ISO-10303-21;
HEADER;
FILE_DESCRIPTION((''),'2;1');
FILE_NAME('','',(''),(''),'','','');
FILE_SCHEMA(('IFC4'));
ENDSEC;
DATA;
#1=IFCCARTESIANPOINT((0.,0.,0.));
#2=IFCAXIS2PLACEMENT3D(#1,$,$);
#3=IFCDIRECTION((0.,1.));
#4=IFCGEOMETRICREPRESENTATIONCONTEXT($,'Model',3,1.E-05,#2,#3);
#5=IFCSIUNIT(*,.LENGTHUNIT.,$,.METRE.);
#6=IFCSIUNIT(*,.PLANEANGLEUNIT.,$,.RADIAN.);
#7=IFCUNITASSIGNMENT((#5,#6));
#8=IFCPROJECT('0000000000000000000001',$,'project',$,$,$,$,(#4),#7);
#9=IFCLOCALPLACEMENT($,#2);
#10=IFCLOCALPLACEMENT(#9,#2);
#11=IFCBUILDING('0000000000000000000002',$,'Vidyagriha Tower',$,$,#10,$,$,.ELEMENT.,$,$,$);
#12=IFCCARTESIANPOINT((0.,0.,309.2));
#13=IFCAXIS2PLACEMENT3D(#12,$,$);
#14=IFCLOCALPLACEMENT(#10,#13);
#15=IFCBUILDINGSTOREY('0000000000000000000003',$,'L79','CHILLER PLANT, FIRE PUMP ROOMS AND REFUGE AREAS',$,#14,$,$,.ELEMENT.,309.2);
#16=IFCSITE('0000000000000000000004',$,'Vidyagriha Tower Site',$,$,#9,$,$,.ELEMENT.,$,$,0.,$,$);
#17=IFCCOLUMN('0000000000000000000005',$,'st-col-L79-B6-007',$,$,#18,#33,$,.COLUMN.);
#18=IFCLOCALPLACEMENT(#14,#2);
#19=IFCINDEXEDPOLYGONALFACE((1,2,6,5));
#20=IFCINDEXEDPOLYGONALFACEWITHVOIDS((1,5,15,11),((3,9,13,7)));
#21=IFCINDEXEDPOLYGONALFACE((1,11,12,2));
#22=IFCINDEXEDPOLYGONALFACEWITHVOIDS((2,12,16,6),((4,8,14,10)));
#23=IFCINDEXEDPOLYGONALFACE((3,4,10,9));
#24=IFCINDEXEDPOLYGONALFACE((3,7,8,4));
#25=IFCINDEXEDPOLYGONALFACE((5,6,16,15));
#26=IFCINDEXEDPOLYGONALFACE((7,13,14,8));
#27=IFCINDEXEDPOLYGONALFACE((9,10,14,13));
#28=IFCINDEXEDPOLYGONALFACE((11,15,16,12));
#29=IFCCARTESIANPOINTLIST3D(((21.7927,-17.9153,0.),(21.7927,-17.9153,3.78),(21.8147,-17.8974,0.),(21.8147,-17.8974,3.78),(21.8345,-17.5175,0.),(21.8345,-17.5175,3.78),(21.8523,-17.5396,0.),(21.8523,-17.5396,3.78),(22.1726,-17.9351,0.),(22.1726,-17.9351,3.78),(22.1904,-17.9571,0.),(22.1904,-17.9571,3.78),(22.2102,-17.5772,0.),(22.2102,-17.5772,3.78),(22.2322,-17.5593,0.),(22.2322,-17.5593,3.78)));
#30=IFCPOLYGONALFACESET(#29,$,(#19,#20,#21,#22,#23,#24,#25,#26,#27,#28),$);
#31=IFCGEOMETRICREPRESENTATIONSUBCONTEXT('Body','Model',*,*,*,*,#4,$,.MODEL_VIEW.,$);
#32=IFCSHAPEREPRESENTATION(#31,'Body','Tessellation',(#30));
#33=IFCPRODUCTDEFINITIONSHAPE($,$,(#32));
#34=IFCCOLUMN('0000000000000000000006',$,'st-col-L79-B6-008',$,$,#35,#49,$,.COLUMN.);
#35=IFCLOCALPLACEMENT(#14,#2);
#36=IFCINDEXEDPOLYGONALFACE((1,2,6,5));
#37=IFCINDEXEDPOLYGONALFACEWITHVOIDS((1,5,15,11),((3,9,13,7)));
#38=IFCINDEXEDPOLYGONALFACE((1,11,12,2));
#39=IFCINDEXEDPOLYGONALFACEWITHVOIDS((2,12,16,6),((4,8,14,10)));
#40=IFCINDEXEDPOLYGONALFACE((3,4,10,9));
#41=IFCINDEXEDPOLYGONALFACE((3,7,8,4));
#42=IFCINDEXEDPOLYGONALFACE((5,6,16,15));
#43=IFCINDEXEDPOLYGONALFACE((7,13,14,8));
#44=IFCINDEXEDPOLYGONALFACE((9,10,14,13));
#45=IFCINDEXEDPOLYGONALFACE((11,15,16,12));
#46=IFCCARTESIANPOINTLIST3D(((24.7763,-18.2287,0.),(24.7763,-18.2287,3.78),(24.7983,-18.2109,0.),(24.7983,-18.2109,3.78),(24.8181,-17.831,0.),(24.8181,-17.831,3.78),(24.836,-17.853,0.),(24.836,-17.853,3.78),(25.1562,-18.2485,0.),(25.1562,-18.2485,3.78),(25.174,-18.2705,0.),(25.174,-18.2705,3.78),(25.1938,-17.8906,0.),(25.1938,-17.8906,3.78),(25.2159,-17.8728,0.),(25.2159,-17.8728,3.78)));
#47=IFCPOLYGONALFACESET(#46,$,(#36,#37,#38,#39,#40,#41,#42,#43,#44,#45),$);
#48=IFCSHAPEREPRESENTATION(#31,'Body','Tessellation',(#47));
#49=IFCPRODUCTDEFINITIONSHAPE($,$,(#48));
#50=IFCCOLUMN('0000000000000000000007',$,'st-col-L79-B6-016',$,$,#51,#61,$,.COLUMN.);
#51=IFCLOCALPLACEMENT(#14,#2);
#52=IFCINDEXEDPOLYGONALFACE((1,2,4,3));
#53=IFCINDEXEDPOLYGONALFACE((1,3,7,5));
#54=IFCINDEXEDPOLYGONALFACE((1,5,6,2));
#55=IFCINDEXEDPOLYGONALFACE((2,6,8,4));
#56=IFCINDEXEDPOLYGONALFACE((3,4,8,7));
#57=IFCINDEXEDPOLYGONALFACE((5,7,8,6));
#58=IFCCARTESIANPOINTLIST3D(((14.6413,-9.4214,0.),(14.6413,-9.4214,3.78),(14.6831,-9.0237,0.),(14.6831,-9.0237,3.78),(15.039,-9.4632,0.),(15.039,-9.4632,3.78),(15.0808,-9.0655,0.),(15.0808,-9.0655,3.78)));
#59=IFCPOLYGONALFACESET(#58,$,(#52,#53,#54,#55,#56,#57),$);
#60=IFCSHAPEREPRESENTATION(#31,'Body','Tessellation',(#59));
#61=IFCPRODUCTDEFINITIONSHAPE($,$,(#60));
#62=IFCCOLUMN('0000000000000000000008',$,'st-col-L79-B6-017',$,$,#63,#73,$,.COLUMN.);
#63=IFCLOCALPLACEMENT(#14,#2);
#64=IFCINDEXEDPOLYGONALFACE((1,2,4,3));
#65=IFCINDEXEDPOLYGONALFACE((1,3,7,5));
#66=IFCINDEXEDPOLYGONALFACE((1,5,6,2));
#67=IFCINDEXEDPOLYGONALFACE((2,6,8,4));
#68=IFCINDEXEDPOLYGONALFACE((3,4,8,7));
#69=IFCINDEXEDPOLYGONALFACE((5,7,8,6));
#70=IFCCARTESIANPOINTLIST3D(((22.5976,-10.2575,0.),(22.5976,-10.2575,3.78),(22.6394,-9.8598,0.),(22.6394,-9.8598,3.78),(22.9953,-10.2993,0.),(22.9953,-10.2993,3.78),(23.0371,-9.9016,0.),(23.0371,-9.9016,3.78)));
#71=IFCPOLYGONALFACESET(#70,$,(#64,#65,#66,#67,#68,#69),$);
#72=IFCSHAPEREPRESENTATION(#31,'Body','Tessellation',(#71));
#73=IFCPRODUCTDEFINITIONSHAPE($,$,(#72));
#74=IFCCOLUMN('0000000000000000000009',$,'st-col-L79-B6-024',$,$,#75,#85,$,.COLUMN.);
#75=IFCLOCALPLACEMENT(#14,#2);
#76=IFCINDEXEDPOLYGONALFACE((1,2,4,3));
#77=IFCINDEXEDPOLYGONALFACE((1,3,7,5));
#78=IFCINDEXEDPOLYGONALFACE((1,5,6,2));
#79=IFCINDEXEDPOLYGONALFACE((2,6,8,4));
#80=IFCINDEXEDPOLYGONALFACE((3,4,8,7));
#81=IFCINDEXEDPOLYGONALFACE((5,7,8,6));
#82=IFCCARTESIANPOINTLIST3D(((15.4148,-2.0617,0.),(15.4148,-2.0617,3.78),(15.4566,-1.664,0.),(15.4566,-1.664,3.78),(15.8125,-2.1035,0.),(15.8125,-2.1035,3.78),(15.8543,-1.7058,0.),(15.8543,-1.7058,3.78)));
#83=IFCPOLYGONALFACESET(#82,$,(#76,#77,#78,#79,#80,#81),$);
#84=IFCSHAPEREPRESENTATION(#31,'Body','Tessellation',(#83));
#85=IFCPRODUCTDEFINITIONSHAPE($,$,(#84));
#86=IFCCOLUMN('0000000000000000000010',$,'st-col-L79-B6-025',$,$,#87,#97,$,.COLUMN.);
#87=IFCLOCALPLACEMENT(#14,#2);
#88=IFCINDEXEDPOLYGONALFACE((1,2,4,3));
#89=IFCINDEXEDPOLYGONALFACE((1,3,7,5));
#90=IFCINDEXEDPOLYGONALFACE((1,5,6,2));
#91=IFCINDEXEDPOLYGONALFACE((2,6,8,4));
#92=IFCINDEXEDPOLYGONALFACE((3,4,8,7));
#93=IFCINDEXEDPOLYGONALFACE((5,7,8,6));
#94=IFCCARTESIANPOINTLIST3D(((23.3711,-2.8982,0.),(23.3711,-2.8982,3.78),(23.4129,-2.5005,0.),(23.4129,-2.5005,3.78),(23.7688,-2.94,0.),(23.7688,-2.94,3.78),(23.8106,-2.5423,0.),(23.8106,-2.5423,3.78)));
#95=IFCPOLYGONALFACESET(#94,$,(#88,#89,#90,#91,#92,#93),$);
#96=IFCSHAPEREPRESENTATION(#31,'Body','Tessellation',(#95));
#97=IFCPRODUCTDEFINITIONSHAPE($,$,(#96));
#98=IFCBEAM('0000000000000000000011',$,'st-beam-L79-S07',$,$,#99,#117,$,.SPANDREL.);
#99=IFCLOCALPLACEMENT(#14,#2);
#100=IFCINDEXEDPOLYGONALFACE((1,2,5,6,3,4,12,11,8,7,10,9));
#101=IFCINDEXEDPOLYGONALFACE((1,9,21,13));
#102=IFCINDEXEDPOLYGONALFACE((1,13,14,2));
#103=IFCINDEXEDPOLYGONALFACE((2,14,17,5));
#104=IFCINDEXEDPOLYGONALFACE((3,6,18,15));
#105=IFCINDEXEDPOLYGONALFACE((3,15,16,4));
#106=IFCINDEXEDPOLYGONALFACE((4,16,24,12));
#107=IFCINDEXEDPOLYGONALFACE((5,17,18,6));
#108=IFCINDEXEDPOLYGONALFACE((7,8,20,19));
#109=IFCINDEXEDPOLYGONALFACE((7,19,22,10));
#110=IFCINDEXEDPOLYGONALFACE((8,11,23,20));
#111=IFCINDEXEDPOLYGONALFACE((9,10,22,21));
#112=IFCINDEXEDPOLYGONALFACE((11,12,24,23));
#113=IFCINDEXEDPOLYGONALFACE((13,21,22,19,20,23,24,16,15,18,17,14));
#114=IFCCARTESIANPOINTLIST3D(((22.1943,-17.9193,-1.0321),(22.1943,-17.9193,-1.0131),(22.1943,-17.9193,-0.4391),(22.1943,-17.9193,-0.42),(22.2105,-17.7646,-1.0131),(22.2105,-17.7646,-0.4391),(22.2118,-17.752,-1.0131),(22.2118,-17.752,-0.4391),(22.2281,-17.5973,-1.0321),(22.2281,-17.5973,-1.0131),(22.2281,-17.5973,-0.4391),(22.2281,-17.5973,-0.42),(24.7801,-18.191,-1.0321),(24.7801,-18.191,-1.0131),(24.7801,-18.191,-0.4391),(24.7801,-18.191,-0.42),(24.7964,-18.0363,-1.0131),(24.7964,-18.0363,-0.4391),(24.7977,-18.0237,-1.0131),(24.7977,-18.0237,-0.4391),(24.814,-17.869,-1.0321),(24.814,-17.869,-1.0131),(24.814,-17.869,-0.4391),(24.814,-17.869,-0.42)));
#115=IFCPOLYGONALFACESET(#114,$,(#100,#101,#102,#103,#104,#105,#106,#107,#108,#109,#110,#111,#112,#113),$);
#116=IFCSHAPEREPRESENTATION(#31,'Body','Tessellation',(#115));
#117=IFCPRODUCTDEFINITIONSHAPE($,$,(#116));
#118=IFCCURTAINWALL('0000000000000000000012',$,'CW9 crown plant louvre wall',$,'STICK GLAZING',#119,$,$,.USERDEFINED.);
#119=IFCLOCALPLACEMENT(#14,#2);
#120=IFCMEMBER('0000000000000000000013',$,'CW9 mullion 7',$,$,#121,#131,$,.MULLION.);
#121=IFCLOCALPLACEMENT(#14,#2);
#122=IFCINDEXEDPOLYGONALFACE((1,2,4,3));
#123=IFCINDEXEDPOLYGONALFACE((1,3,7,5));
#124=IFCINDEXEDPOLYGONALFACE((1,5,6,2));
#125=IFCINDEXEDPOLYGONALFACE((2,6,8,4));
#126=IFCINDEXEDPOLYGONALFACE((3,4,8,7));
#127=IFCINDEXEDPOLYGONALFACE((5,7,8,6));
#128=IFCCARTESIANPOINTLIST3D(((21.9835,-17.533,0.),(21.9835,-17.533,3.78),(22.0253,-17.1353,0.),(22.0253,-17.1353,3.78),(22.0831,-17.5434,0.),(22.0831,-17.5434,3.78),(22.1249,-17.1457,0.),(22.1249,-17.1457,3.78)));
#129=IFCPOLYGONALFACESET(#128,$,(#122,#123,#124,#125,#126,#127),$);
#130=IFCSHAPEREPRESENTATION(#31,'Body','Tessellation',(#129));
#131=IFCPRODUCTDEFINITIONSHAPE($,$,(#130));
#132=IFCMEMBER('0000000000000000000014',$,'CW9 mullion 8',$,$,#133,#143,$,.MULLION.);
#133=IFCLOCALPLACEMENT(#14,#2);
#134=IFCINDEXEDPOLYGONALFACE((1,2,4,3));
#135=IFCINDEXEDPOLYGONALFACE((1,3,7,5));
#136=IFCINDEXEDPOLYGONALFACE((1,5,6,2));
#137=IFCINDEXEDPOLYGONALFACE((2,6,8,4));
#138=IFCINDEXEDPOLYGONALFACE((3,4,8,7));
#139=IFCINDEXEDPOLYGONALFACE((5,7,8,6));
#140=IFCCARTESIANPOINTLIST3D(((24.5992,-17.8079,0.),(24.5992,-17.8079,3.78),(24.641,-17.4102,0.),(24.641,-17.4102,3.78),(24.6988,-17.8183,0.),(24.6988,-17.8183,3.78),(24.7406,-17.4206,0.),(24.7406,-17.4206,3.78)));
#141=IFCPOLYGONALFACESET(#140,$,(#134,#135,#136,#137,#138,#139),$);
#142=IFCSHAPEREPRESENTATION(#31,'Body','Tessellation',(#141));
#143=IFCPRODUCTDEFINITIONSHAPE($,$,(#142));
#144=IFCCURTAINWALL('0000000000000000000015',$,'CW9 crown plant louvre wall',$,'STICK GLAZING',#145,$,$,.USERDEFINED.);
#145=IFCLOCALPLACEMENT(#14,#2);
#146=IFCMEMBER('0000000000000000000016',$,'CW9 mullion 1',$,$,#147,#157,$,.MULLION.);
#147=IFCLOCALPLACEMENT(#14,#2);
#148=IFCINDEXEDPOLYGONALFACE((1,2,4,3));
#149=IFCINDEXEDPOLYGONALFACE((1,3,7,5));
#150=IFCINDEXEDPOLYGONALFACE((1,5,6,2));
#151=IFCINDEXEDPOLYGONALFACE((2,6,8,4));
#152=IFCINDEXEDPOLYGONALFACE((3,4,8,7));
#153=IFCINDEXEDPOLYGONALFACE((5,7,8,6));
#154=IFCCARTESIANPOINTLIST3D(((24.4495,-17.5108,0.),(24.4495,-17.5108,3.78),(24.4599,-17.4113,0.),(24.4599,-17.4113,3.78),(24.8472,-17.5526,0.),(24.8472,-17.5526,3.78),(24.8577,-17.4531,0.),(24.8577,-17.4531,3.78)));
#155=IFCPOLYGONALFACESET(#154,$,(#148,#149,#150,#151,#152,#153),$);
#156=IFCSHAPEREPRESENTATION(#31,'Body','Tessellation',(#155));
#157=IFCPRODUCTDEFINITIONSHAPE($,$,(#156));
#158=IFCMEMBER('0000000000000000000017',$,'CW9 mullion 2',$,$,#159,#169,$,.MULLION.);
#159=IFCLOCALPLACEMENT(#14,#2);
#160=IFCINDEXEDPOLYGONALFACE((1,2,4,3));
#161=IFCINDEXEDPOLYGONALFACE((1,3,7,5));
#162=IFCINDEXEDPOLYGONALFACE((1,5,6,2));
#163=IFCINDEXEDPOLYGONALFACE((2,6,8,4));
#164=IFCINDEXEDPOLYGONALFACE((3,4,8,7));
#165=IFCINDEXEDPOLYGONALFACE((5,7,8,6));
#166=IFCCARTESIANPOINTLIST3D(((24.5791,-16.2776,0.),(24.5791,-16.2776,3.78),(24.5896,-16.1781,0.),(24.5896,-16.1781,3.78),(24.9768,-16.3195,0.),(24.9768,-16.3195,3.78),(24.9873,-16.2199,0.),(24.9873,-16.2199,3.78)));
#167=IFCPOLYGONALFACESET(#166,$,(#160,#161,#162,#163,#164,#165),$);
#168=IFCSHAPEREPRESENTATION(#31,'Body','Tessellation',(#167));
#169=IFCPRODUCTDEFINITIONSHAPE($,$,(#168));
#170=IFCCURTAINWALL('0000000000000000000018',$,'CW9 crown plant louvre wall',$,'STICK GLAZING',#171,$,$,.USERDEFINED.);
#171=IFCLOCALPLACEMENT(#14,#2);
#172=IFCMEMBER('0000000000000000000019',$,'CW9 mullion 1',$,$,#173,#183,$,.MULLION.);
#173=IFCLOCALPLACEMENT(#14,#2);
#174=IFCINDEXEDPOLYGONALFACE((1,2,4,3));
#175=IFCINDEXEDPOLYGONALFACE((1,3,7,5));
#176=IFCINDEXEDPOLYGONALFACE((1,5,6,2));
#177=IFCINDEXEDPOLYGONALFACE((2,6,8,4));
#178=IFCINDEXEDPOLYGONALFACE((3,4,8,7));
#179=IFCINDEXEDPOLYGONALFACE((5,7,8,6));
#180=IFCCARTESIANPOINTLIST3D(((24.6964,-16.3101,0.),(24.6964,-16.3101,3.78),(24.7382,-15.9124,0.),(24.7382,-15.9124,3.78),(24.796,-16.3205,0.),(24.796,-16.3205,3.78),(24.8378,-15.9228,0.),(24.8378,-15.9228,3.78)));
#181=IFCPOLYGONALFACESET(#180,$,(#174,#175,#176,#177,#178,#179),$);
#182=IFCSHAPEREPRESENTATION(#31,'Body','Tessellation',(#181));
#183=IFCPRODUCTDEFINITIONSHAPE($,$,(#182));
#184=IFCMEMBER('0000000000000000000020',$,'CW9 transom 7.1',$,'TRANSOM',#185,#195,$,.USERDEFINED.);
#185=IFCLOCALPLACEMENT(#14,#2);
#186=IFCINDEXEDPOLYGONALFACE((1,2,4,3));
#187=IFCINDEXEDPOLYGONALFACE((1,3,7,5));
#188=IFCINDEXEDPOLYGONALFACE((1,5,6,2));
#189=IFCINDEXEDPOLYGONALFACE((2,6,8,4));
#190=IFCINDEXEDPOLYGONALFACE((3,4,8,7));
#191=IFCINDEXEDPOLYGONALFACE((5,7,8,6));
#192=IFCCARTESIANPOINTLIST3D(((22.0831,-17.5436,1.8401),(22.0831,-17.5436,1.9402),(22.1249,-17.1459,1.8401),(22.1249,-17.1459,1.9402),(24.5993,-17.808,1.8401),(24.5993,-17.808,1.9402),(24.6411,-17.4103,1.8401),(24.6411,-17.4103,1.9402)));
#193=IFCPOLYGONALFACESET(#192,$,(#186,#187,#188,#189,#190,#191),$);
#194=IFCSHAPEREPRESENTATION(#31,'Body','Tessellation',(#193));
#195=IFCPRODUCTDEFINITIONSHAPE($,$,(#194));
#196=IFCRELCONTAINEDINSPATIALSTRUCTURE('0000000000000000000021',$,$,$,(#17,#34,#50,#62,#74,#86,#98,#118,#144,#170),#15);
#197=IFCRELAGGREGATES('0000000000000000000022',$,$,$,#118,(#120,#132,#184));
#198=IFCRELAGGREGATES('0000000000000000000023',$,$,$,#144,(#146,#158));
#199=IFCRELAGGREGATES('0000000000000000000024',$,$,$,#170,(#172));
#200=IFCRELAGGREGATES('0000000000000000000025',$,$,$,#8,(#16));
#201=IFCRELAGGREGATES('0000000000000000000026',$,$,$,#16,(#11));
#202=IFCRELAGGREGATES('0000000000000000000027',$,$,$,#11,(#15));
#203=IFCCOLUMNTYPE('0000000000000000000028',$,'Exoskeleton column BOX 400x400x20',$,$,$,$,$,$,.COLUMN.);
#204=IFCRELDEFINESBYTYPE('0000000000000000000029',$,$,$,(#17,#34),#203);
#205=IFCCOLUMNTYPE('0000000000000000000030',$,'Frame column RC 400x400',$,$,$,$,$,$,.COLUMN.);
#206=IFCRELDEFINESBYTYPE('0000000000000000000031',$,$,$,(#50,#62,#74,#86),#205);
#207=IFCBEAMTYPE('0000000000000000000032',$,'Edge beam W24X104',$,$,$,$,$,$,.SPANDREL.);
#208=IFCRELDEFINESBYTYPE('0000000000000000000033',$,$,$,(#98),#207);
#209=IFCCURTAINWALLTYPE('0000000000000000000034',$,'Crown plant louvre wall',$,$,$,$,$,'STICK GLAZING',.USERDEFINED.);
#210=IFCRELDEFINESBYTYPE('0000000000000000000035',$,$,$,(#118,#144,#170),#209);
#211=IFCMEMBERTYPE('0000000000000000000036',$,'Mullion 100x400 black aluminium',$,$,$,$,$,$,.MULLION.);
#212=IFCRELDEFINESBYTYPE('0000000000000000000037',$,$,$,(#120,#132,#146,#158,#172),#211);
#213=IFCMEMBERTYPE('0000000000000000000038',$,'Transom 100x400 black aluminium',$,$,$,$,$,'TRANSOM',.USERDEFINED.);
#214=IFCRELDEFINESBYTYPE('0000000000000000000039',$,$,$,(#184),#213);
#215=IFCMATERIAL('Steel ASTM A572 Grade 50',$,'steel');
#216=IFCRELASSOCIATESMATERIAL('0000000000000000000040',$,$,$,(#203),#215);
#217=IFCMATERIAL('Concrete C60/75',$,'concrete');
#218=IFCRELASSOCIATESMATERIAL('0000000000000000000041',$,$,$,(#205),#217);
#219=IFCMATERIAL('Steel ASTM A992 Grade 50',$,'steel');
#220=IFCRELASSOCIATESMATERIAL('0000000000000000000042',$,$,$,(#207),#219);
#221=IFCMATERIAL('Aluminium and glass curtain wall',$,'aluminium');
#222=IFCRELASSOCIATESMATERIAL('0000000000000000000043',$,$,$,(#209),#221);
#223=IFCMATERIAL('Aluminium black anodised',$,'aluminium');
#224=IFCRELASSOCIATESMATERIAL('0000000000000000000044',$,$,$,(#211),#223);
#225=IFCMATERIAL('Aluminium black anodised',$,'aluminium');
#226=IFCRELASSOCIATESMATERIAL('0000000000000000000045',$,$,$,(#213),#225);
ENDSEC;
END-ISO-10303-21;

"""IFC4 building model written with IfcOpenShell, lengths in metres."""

from ifc_helpers import new_model, si_unit, direction, frame, origin, origin_2d, place, context, subcontext, project, spatial, rectangle, hollow_rectangle, i_section, extrude, material, material_profile, profile_set, type_object, element, aggregate, save


model = new_model("IFC4")

# Units and contexts
model_context = context("Model", 3, precision=1e-05, world=origin(), true_north=direction((0.0, 1.0)))
body_context = subcontext(model_context, "Body", "Model", "MODEL_VIEW")
ifc_project = project(units=[si_unit("LENGTHUNIT", "METRE"), si_unit("PLANEANGLEUNIT", "RADIAN")], contexts=[model_context])

# Site, building, storey
site_placement = place(None, origin())
site = spatial("IfcSite", under=ifc_project, at=site_placement, Name="Vidyagriha Tower Site", CompositionType="ELEMENT", RefElevation=0.0)
building_placement = place(site_placement, origin())
building = spatial("IfcBuilding", under=site, at=building_placement, Name="Vidyagriha Tower", CompositionType="ELEMENT")
storey_placement = place(building_placement, frame((0.0, 0.0, 309.2)))
storey = spatial("IfcBuildingStorey", under=building, at=storey_placement, Name="L79", Description="CHILLER PLANT, FIRE PUMP ROOMS AND REFUGE AREAS", CompositionType="ELEMENT", Elevation=309.2)

# Columns
ifc_material_1 = material(Name="Steel ASTM A572 Grade 50", Category="steel")
ifc_material_profile_1 = material_profile(ifc_material_1, hollow_rectangle(XDim=0.3999, YDim=0.3999, WallThickness=0.02, at=origin_2d()), Name="BOX 400x400x20")
ifc_profile_set_1 = profile_set([ifc_material_profile_1], Name="Steel ASTM A572 Grade 50")
column_type_1 = type_object("IfcColumnType", Name="Exoskeleton column BOX 400x400x20", PredefinedType="COLUMN", material=ifc_profile_set_1)
for number, where, z_axis, x_axis, name in (
    (1, (22.0125, -17.7373, 0.0), (0.0, 0.0, 1.0), (0.994522, -0.104528, 0.0), "st-col-L79-B6-007"),
    (2, (24.9961, -18.0508, 0.0), (0.0, 0.0, 1.0), (0.994522, -0.104528, 0.0), "st-col-L79-B6-008"),
):
    element("IfcColumn", number, at=place(storey_placement, frame(where, z_axis=z_axis, x_axis=x_axis)), inside=storey, type_object=column_type_1, Name=name, PredefinedType="COLUMN", context=body_context, shape_type="SweptSolid", body=[
        extrude(hollow_rectangle(XDim=0.3999, YDim=0.3999, WallThickness=0.02, at=origin_2d()), origin(), (0.0, 0.0, 1.0), 3.78),
    ])
ifc_material_2 = material(Name="Concrete C60/75", Category="concrete")
ifc_material_profile_2 = material_profile(ifc_material_2, rectangle(XDim=0.3999, YDim=0.3999, at=origin_2d()), Name="RC 400x400")
ifc_profile_set_2 = profile_set([ifc_material_profile_2], Name="Concrete C60/75")
column_type_2 = type_object("IfcColumnType", Name="Frame column RC 400x400", PredefinedType="COLUMN", material=ifc_profile_set_2)
for number, where, z_axis, x_axis, name in (
    (3, (14.8611, -9.2434, 0.0), (0.0, 0.0, 1.0), (0.994522, -0.104528, 0.0), "st-col-L79-B6-016"),
    (4, (22.8174, -10.0796, 0.0), (0.0, 0.0, 1.0), (0.994522, -0.104528, 0.0), "st-col-L79-B6-017"),
    (5, (15.6345, -1.8838, 0.0), (0.0, 0.0, 1.0), (0.994522, -0.104528, 0.0), "st-col-L79-B6-024"),
    (6, (23.5908, -2.7202, 0.0), (0.0, 0.0, 1.0), (0.994522, -0.104528, 0.0), "st-col-L79-B6-025"),
):
    element("IfcColumn", number, at=place(storey_placement, frame(where, z_axis=z_axis, x_axis=x_axis)), inside=storey, type_object=column_type_2, Name=name, PredefinedType="COLUMN", context=body_context, shape_type="SweptSolid", body=[
        extrude(rectangle(XDim=0.3999, YDim=0.3999, at=origin_2d()), origin(), (0.0, 0.0, 1.0), 3.78),
    ])

# Beam
ifc_material_3 = material(Name="Steel ASTM A992 Grade 50", Category="steel")
ifc_material_profile_3 = material_profile(ifc_material_3, i_section(OverallWidth=0.3237, OverallDepth=0.6121, WebThickness=0.0127, FlangeThickness=0.019, at=origin_2d()), Name="W24X104")
ifc_profile_set_3 = profile_set([ifc_material_profile_3], Name="Steel ASTM A992 Grade 50")
beam_type = type_object("IfcBeamType", Name="Edge beam W24X104", PredefinedType="SPANDREL", material=ifc_profile_set_3)
beam_placement = place(storey_placement, frame((22.2112, -17.7583, -0.7261), z_axis=(0.994524, -0.104504, 0.0), x_axis=(0.104504, 0.994524, 0.0)))
element("IfcBeam", 7, at=beam_placement, inside=storey, type_object=beam_type, Name="st-beam-L79-S07", PredefinedType="SPANDREL", context=body_context, shape_type="SweptSolid", body=[
    extrude(i_section(OverallWidth=0.3237, OverallDepth=0.6121, WebThickness=0.0127, FlangeThickness=0.019, at=origin_2d()), origin(), (0.0, 0.0, 1.0), 2.6001),
])

# Curtain walls, members
ifc_material_4 = material(Name="Aluminium and glass curtain wall", Category="aluminium")
curtain_wall_type = type_object("IfcCurtainWallType", Name="Crown plant louvre wall", ElementType="STICK GLAZING", PredefinedType="USERDEFINED", material=ifc_material_4)
curtain_wall_1_placement = place(storey_placement, origin())
curtain_wall_1 = element("IfcCurtainWall", 8, at=curtain_wall_1_placement, inside=storey, type_object=curtain_wall_type, Name="CW9 crown plant louvre wall", ObjectType="STICK GLAZING", PredefinedType="USERDEFINED")
ifc_material_5 = material(Name="Aluminium black anodised", Category="aluminium")
ifc_material_profile_4 = material_profile(ifc_material_5, rectangle(XDim=0.3999, YDim=0.1001, at=origin_2d()), Name="Mullion 100x400 black aluminium")
ifc_profile_set_4 = profile_set([ifc_material_profile_4], Name="Aluminium black anodised")
member_type_1 = type_object("IfcMemberType", Name="Mullion 100x400 black aluminium", PredefinedType="MULLION", material=ifc_profile_set_4)
member_1_placement = place(storey_placement, frame((22.0542, -17.3394, 0.0), z_axis=(0.0, 0.0, 1.0), x_axis=(0.104528, 0.994522, 0.0)))
member_1 = element("IfcMember", 9, at=member_1_placement, type_object=member_type_1, Name="CW9 mullion 7", PredefinedType="MULLION", context=body_context, shape_type="SweptSolid", body=[
    extrude(rectangle(XDim=0.3999, YDim=0.1001, at=origin_2d()), origin(), (0.0, 0.0, 1.0), 3.78),
])
member_2_placement = place(storey_placement, frame((24.6699, -17.6143, 0.0), z_axis=(0.0, 0.0, 1.0), x_axis=(0.104528, 0.994522, 0.0)))
member_2 = element("IfcMember", 10, at=member_2_placement, type_object=member_type_1, Name="CW9 mullion 8", PredefinedType="MULLION", context=body_context, shape_type="SweptSolid", body=[
    extrude(rectangle(XDim=0.3999, YDim=0.1001, at=origin_2d()), origin(), (0.0, 0.0, 1.0), 3.78),
])
curtain_wall_2_placement = place(storey_placement, origin())
curtain_wall_2 = element("IfcCurtainWall", 11, at=curtain_wall_2_placement, inside=storey, type_object=curtain_wall_type, Name="CW9 crown plant louvre wall", ObjectType="STICK GLAZING", PredefinedType="USERDEFINED")
member_3_placement = place(storey_placement, frame((24.6536, -17.4819, 0.0), z_axis=(0.0, 0.0, 1.0), x_axis=(-0.994519, 0.104557, 0.0)))
member_3 = element("IfcMember", 12, at=member_3_placement, type_object=member_type_1, Name="CW9 mullion 1", PredefinedType="MULLION", context=body_context, shape_type="SweptSolid", body=[
    extrude(rectangle(XDim=0.3999, YDim=0.1001, at=origin_2d()), origin(), (0.0, 0.0, 1.0), 3.78),
])
member_4_placement = place(storey_placement, frame((24.7832, -16.2488, 0.0), z_axis=(0.0, 0.0, 1.0), x_axis=(-0.994519, 0.104557, 0.0)))
member_4 = element("IfcMember", 13, at=member_4_placement, type_object=member_type_1, Name="CW9 mullion 2", PredefinedType="MULLION", context=body_context, shape_type="SweptSolid", body=[
    extrude(rectangle(XDim=0.3999, YDim=0.1001, at=origin_2d()), origin(), (0.0, 0.0, 1.0), 3.78),
])

# Curtain wall, member
curtain_wall_3_placement = place(storey_placement, origin())
curtain_wall_3 = element("IfcCurtainWall", 14, at=curtain_wall_3_placement, inside=storey, type_object=curtain_wall_type, Name="CW9 crown plant louvre wall", ObjectType="STICK GLAZING", PredefinedType="USERDEFINED")
member_5_placement = place(storey_placement, frame((24.7671, -16.1165, 0.0), z_axis=(0.0, 0.0, 1.0), x_axis=(0.104519, 0.994523, 0.0)))
member_5 = element("IfcMember", 15, at=member_5_placement, type_object=member_type_1, Name="CW9 mullion 1", PredefinedType="MULLION", context=body_context, shape_type="SweptSolid", body=[
    extrude(rectangle(XDim=0.3999, YDim=0.1001, at=origin_2d()), origin(), (0.0, 0.0, 1.0), 3.78),
])

# Member
ifc_material_6 = material(Name="Aluminium black anodised", Category="aluminium")
ifc_material_profile_5 = material_profile(ifc_material_6, rectangle(XDim=0.3999, YDim=0.1001, at=origin_2d()), Name="Transom 100x400 black aluminium")
ifc_profile_set_5 = profile_set([ifc_material_profile_5], Name="Aluminium black anodised")
member_type_2 = type_object("IfcMemberType", Name="Transom 100x400 black aluminium", ElementType="TRANSOM", PredefinedType="USERDEFINED", material=ifc_profile_set_5)
member_6_placement = place(storey_placement, frame((22.104, -17.3447, 1.8901), z_axis=(0.994524, -0.104509, 0.0), x_axis=(0.104509, 0.994524, 0.0)))
member_6 = element("IfcMember", 16, at=member_6_placement, type_object=member_type_2, Name="CW9 transom 7.1", ObjectType="TRANSOM", PredefinedType="USERDEFINED", context=body_context, shape_type="SweptSolid", body=[
    extrude(rectangle(XDim=0.3999, YDim=0.1001, at=origin_2d()), origin(), (0.0, 0.0, 1.0), 2.53),
])

aggregate(curtain_wall_1, [member_1, member_2, member_6])
aggregate(curtain_wall_2, [member_3, member_4])
aggregate(curtain_wall_3, [member_5])

save(model, "model.ifc")
